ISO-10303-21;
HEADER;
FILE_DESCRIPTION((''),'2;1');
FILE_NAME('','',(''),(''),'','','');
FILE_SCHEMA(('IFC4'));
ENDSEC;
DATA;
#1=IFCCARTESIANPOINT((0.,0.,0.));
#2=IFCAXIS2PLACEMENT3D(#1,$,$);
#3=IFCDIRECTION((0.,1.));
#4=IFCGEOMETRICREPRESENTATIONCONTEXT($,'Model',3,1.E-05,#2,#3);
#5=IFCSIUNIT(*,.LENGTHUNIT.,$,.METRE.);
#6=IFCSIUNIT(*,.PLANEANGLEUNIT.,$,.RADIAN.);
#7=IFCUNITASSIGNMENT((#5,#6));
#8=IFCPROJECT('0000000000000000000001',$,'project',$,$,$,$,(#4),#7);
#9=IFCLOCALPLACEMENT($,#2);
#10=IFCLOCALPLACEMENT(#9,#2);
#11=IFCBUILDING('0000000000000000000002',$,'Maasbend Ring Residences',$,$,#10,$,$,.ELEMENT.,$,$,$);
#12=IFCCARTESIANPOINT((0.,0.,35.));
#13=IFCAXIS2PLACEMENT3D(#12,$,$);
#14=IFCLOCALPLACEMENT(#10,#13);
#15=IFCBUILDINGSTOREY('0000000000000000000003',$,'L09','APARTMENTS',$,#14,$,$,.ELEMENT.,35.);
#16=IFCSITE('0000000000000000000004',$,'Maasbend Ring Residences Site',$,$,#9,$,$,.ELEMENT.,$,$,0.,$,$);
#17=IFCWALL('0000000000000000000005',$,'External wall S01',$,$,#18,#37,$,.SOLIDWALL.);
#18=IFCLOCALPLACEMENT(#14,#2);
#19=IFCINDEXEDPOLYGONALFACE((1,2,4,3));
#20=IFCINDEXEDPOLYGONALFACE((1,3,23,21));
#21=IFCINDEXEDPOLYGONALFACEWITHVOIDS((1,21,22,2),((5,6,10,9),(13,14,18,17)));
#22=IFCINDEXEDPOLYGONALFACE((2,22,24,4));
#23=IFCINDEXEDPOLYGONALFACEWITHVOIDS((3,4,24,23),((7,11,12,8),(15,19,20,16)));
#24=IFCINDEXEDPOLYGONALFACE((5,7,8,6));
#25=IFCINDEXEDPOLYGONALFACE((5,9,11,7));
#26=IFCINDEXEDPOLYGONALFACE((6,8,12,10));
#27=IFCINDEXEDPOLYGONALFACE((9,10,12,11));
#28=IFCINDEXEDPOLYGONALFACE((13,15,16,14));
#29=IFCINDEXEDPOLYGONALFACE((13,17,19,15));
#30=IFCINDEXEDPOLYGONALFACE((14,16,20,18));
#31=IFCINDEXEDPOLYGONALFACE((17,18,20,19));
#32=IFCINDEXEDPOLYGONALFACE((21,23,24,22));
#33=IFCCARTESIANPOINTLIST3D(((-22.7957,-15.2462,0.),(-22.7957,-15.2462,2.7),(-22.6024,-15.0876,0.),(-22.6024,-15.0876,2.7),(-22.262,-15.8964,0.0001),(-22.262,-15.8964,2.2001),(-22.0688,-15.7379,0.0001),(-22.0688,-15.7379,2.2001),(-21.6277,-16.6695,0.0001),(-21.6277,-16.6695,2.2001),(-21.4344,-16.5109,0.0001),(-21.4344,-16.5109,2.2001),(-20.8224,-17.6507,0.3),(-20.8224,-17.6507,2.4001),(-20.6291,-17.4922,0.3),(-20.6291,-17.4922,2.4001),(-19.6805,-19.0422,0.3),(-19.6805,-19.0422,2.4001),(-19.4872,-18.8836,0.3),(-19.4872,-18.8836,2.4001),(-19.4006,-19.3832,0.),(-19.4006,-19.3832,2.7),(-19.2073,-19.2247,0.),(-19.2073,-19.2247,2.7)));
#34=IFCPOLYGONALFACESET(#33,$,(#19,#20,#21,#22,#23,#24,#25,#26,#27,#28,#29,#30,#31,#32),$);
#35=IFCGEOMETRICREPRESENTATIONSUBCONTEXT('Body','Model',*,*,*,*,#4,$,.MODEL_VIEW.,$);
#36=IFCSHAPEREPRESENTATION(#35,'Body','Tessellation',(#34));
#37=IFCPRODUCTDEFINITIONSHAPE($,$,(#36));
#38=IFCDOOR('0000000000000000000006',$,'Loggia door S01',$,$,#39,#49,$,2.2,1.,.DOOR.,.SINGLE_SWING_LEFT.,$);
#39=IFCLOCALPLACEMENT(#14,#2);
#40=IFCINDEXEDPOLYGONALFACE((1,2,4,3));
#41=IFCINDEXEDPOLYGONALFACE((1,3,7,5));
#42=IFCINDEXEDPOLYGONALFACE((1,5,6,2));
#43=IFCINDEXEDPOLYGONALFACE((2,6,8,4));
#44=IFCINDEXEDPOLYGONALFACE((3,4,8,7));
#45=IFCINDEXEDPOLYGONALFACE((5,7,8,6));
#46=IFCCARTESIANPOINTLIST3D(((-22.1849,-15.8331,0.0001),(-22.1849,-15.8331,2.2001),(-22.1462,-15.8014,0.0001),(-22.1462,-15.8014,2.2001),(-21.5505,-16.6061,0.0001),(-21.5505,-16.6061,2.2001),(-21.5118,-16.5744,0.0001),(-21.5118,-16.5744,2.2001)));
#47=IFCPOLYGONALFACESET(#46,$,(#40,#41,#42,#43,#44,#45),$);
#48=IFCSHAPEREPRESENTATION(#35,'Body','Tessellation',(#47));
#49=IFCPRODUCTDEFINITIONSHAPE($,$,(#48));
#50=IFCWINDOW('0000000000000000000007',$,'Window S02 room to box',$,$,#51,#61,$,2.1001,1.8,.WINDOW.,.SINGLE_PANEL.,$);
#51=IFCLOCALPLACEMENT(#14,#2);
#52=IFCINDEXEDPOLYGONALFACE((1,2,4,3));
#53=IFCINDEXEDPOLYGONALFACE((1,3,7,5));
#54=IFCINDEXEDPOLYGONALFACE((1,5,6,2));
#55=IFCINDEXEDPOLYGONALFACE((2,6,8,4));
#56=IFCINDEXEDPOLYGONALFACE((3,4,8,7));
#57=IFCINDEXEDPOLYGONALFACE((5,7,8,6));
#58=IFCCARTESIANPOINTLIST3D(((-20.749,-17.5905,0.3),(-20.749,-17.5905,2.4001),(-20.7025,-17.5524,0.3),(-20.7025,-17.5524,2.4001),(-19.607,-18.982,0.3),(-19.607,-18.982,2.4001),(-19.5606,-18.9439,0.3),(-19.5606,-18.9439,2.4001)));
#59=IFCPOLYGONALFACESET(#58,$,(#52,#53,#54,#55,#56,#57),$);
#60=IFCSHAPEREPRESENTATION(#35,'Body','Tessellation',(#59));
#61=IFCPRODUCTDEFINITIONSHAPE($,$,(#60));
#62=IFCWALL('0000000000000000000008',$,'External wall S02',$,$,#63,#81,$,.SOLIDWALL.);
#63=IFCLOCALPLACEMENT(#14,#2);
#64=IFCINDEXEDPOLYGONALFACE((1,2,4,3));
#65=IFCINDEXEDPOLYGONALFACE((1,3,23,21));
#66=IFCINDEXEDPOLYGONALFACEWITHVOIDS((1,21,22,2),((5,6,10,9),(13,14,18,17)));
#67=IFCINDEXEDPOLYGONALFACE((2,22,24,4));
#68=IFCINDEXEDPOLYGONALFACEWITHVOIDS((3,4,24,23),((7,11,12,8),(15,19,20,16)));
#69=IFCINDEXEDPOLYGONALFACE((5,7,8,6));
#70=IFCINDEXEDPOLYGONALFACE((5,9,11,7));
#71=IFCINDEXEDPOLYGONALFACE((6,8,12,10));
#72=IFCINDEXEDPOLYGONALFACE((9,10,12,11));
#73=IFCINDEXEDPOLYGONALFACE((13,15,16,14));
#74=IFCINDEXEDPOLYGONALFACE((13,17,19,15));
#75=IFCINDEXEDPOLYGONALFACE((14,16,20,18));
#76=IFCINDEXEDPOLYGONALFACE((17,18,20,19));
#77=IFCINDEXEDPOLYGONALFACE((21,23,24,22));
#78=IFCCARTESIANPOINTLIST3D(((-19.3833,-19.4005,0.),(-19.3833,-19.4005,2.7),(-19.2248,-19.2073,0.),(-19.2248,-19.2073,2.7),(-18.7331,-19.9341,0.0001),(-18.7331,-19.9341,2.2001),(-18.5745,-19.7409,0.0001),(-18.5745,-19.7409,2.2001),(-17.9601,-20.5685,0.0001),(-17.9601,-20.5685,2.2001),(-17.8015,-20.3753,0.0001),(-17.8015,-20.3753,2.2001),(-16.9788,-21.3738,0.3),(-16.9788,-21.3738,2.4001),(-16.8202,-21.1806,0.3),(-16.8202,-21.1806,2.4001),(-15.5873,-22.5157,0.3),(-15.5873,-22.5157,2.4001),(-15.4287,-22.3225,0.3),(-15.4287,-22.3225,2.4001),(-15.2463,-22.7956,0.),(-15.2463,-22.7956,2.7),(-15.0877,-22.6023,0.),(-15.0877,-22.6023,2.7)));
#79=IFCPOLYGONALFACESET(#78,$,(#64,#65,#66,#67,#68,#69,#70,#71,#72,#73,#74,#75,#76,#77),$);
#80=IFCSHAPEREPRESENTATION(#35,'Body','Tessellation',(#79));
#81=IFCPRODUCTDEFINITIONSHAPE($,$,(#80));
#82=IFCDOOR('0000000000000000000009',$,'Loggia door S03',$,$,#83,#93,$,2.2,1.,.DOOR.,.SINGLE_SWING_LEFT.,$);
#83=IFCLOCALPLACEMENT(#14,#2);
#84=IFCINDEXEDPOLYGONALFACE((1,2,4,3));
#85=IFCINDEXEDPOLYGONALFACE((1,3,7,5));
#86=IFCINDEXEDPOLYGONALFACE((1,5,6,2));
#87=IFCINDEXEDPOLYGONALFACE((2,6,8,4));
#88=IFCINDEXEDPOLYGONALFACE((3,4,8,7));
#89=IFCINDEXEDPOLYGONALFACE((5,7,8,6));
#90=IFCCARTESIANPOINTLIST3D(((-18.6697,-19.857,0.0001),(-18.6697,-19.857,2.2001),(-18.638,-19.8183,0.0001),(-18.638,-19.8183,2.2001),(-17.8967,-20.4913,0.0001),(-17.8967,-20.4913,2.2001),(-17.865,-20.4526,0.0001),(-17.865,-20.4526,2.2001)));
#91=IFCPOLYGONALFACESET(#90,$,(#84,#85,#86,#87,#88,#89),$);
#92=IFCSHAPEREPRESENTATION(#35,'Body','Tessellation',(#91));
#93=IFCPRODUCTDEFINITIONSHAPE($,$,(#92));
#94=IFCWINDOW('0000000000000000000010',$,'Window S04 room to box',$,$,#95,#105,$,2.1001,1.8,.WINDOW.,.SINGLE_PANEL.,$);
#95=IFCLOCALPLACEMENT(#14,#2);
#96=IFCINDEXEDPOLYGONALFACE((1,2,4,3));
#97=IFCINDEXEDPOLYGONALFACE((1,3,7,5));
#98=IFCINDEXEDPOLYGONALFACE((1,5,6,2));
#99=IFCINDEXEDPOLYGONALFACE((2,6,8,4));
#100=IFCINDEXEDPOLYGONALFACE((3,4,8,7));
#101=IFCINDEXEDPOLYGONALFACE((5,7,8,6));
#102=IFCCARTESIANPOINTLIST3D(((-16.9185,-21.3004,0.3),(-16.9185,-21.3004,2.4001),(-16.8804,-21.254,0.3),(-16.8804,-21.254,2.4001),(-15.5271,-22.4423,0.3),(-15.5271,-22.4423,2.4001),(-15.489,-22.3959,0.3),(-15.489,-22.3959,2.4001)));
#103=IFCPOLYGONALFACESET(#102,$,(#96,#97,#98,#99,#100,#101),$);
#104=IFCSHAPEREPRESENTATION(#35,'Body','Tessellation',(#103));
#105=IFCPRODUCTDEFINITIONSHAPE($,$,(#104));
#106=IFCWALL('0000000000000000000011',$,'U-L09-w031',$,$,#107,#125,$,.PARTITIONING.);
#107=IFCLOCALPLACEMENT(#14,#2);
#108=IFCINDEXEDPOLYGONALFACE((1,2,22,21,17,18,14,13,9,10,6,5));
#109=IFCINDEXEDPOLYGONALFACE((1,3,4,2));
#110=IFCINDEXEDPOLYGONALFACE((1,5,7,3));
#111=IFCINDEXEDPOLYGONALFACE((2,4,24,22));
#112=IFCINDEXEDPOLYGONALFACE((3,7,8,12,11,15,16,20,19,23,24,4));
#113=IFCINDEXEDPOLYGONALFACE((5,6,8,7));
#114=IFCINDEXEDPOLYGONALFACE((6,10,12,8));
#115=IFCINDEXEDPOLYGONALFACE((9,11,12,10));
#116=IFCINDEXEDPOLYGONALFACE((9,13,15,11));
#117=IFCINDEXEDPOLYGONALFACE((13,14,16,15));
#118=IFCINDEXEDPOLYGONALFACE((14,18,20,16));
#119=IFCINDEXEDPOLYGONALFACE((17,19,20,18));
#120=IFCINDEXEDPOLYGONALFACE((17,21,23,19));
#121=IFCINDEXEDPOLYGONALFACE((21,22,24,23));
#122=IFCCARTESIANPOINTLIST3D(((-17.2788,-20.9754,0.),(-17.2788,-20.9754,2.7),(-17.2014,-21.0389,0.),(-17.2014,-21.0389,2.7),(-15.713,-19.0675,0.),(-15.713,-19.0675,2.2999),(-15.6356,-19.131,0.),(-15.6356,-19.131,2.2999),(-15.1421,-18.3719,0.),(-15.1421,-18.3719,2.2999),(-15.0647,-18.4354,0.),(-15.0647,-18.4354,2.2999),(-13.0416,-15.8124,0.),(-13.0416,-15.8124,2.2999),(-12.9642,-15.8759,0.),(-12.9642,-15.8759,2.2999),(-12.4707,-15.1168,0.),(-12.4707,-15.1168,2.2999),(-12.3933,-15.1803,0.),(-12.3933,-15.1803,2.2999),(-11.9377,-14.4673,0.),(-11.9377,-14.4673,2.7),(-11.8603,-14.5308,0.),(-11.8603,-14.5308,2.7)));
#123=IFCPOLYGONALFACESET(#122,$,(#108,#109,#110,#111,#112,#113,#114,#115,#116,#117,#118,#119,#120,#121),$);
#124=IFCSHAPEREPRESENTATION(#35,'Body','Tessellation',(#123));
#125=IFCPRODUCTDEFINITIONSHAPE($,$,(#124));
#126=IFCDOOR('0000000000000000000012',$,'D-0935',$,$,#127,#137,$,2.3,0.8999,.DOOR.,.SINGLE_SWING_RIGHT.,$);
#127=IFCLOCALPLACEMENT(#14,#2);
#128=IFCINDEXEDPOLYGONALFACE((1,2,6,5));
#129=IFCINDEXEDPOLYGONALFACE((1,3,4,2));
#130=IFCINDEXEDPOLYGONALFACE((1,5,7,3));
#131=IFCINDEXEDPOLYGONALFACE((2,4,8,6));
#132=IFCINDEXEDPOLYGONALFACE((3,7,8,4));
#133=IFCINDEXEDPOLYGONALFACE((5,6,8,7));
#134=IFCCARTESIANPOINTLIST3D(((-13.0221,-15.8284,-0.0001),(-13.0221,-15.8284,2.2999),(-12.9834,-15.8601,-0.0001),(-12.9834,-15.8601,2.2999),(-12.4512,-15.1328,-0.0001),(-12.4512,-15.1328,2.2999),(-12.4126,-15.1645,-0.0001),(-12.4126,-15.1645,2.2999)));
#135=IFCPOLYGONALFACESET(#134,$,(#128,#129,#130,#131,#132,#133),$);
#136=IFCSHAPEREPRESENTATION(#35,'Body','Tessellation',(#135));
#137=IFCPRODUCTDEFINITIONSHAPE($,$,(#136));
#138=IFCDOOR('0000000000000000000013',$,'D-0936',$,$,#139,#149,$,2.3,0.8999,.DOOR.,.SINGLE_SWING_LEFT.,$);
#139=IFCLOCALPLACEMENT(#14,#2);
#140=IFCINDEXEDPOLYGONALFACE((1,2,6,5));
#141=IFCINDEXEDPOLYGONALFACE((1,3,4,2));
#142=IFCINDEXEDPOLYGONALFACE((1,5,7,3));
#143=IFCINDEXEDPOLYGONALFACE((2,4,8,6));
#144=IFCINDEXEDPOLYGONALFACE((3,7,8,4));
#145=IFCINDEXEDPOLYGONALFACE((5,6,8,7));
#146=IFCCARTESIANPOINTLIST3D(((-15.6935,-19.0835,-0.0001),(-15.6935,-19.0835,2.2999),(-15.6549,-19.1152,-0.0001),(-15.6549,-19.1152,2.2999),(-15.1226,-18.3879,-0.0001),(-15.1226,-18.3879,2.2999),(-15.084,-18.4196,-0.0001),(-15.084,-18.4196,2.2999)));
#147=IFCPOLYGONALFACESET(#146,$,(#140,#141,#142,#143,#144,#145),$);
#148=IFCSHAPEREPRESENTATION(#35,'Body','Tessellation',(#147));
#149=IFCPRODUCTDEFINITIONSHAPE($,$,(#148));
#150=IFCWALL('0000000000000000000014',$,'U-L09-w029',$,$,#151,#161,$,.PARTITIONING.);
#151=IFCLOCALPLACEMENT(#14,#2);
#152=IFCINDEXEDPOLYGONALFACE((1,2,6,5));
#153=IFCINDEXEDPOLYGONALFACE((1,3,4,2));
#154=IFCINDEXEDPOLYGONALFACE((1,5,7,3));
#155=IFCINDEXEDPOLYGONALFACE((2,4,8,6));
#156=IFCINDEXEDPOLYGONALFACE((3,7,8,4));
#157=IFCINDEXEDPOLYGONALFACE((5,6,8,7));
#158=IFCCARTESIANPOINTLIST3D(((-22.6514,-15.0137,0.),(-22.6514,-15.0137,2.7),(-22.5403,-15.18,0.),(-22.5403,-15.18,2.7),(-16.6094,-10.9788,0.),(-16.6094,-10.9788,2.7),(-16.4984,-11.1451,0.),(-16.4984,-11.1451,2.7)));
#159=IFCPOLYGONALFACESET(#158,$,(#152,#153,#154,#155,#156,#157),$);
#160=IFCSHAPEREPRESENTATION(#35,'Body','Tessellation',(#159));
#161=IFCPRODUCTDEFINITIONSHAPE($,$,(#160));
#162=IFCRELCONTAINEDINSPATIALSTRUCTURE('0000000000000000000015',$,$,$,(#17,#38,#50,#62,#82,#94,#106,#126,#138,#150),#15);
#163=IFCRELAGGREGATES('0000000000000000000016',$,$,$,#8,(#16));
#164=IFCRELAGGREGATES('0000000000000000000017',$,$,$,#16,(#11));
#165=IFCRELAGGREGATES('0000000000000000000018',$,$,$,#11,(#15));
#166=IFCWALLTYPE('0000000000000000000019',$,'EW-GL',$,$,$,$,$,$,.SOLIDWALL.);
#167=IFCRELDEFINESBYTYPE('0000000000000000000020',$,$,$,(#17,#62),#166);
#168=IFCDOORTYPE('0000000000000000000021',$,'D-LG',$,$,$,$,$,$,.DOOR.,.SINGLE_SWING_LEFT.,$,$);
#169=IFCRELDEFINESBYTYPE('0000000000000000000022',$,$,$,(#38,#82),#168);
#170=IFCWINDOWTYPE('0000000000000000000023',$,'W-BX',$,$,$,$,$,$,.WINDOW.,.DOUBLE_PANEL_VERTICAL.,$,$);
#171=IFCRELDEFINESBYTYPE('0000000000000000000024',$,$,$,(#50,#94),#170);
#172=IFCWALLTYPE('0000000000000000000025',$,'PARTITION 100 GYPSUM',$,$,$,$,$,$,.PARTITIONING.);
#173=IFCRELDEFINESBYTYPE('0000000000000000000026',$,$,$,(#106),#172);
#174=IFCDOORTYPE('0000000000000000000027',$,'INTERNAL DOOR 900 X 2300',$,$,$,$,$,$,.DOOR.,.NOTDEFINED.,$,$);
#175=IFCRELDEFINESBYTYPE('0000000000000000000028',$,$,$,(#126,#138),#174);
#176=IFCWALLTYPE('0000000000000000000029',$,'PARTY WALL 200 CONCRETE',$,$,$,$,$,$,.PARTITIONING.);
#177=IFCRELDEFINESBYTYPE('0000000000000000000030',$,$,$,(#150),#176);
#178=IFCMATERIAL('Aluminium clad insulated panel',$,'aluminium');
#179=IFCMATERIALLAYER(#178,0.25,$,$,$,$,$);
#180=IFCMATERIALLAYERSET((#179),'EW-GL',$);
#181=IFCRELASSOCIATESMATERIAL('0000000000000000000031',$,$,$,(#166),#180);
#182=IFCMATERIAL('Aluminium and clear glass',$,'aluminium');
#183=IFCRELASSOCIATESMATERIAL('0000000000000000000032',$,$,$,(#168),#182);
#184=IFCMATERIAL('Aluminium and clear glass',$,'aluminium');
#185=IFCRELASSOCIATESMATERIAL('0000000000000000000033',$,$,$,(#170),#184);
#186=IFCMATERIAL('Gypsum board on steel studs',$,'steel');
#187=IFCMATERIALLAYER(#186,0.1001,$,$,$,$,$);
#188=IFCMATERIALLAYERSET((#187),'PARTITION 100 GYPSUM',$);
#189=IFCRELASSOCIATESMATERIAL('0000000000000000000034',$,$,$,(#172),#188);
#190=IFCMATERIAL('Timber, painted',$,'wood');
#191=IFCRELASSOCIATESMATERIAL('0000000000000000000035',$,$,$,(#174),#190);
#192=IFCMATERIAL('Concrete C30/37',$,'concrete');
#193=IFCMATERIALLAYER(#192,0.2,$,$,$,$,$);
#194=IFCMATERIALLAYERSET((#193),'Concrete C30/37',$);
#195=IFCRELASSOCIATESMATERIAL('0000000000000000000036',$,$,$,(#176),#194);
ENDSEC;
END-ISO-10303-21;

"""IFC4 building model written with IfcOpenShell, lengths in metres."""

from ifc_helpers import new_model, si_unit, direction, frame, frame_2d, origin, place, context, subcontext, project, spatial, rectangle, extrude, material, layer, layer_set, type_object, element, fill, save


model = new_model("IFC4")

# Units and contexts
model_context = context("Model", 3, precision=1e-05, world=origin(), true_north=direction((0.0, 1.0)))
body_context = subcontext(model_context, "Body", "Model", "MODEL_VIEW")
ifc_project = project(units=[si_unit("LENGTHUNIT", "METRE"), si_unit("PLANEANGLEUNIT", "RADIAN")], contexts=[model_context])

# Site, building, storey
site_placement = place(None, origin())
site = spatial("IfcSite", under=ifc_project, at=site_placement, Name="Maasbend Ring Residences Site", CompositionType="ELEMENT", RefElevation=0.0)
building_placement = place(site_placement, origin())
building = spatial("IfcBuilding", under=site, at=building_placement, Name="Maasbend Ring Residences", CompositionType="ELEMENT")
storey_placement = place(building_placement, frame((0.0, 0.0, 35.0)))
storey = spatial("IfcBuildingStorey", under=building, at=storey_placement, Name="L09", Description="APARTMENTS", CompositionType="ELEMENT", Elevation=35.0)

# Walls, openings, doors, windows
ifc_material_1 = material(Name="Aluminium clad insulated panel", Category="aluminium")
ifc_layer_1 = layer(ifc_material_1, 0.25)
ifc_layer_set_1 = layer_set([ifc_layer_1], Name="EW-GL")
wall_type_1 = type_object("IfcWallType", Name="EW-GL", PredefinedType="SOLIDWALL", material=ifc_layer_set_1)
wall_1_placement = place(storey_placement, frame((-22.699, -15.167, 0.0), z_axis=(0.0, 0.0, 1.0), x_axis=(0.634382, -0.773019, 0.0)))
wall_1 = element("IfcWall", 1, at=wall_1_placement, inside=storey, type_object=wall_type_1, Name="External wall S01", PredefinedType="SOLIDWALL", context=body_context, shape_type="SweptSolid", body=[
    extrude(rectangle(XDim=5.3518, YDim=0.25, at=frame_2d((2.6758, 0.0))), origin(), (0.0, 0.0, 1.0), 2.7),
])
opening_1_placement = place(wall_1_placement, frame((0.8411, 0.0, 0.0)))
opening_1 = element("IfcOpeningElement", 2, at=opening_1_placement, cuts=wall_1, PredefinedType="OPENING", context=body_context, shape_type="SweptSolid", body=[
    extrude(rectangle(XDim=1.0, YDim=2.2, at=frame_2d((0.5, 1.1001))), frame((0.0, 0.135, 0.0), z_axis=(0.0, -1.0, 0.0), x_axis=(1.0, 0.0, 0.0)), (0.0, 0.0, 1.0), 0.27),
])
opening_2_placement = place(wall_1_placement, frame((3.1106, 0.0, 0.3)))
opening_2 = element("IfcOpeningElement", 3, at=opening_2_placement, cuts=wall_1, PredefinedType="OPENING", context=body_context, shape_type="SweptSolid", body=[
    extrude(rectangle(XDim=1.8, YDim=2.1001, at=frame_2d((0.8999, 1.05))), frame((0.0, 0.135, 0.0), z_axis=(0.0, -1.0, 0.0), x_axis=(1.0, 0.0, 0.0)), (0.0, 0.0, 1.0), 0.27),
])
ifc_material_2 = material(Name="Aluminium and clear glass", Category="aluminium")
door_type_1 = type_object("IfcDoorType", Name="D-LG", OperationType="SINGLE_SWING_LEFT", PredefinedType="DOOR", material=ifc_material_2)
door_1_placement = place(opening_1_placement, origin())
door_1 = element("IfcDoor", 4, at=door_1_placement, inside=storey, type_object=door_type_1, Name="Loggia door S01", OperationType="SINGLE_SWING_LEFT", OverallHeight=2.2, OverallWidth=1.0, PredefinedType="DOOR", context=body_context, shape_type="SweptSolid", body=[
    extrude(rectangle(XDim=1.0, YDim=2.2, at=frame_2d((0.5, 1.1001))), frame((0.0, 0.0249, 0.0), z_axis=(0.0, -1.0, 0.0), x_axis=(1.0, 0.0, 0.0)), (0.0, 0.0, 1.0), 0.05),
])
fill(opening_1, door_1)
ifc_material_3 = material(Name="Aluminium and clear glass", Category="aluminium")
window_type_1 = type_object("IfcWindowType", Name="W-BX", PartitioningType="DOUBLE_PANEL_VERTICAL", PredefinedType="WINDOW", material=ifc_material_3)
window_1_placement = place(opening_2_placement, origin())
window_1 = element("IfcWindow", 5, at=window_1_placement, inside=storey, type_object=window_type_1, Name="Window S02 room to box", OverallHeight=2.1001, OverallWidth=1.8, PartitioningType="SINGLE_PANEL", PredefinedType="WINDOW", context=body_context, shape_type="SweptSolid", body=[
    extrude(rectangle(XDim=1.8, YDim=2.1001, at=frame_2d((0.8999, 1.05))), frame((0.0, 0.03, 0.0), z_axis=(0.0, -1.0, 0.0), x_axis=(1.0, 0.0, 0.0)), (0.0, 0.0, 1.0), 0.0601),
])
fill(opening_2, window_1)
wall_2_placement = place(storey_placement, frame((-19.304, -19.304, 0.0), z_axis=(0.0, 0.0, 1.0), x_axis=(0.773019, -0.634382, 0.0)))
wall_2 = element("IfcWall", 6, at=wall_2_placement, inside=storey, type_object=wall_type_1, Name="External wall S02", PredefinedType="SOLIDWALL", context=body_context, shape_type="SweptSolid", body=[
    extrude(rectangle(XDim=5.3518, YDim=0.25, at=frame_2d((2.6758, 0.0))), origin(), (0.0, 0.0, 1.0), 2.7),
])
opening_3_placement = place(wall_2_placement, frame((0.8411, 0.0, 0.0)))
opening_3 = element("IfcOpeningElement", 7, at=opening_3_placement, cuts=wall_2, PredefinedType="OPENING", context=body_context, shape_type="SweptSolid", body=[
    extrude(rectangle(XDim=1.0, YDim=2.2, at=frame_2d((0.5, 1.1001))), frame((0.0, 0.135, 0.0), z_axis=(0.0, -1.0, 0.0), x_axis=(1.0, 0.0, 0.0)), (0.0, 0.0, 1.0), 0.27),
])
opening_4_placement = place(wall_2_placement, frame((3.1106, 0.0, 0.3)))
opening_4 = element("IfcOpeningElement", 8, at=opening_4_placement, cuts=wall_2, PredefinedType="OPENING", context=body_context, shape_type="SweptSolid", body=[
    extrude(rectangle(XDim=1.8, YDim=2.1001, at=frame_2d((0.8999, 1.05))), frame((0.0, 0.135, 0.0), z_axis=(0.0, -1.0, 0.0), x_axis=(1.0, 0.0, 0.0)), (0.0, 0.0, 1.0), 0.27),
])
door_2_placement = place(opening_3_placement, origin())
door_2 = element("IfcDoor", 9, at=door_2_placement, inside=storey, type_object=door_type_1, Name="Loggia door S03", OperationType="SINGLE_SWING_LEFT", OverallHeight=2.2, OverallWidth=1.0, PredefinedType="DOOR", context=body_context, shape_type="SweptSolid", body=[
    extrude(rectangle(XDim=1.0, YDim=2.2, at=frame_2d((0.5, 1.1001))), frame((0.0, 0.0249, 0.0), z_axis=(0.0, -1.0, 0.0), x_axis=(1.0, 0.0, 0.0)), (0.0, 0.0, 1.0), 0.05),
])
fill(opening_3, door_2)
window_2_placement = place(opening_4_placement, origin())
window_2 = element("IfcWindow", 10, at=window_2_placement, inside=storey, type_object=window_type_1, Name="Window S04 room to box", OverallHeight=2.1001, OverallWidth=1.8, PartitioningType="SINGLE_PANEL", PredefinedType="WINDOW", context=body_context, shape_type="SweptSolid", body=[
    extrude(rectangle(XDim=1.8, YDim=2.1001, at=frame_2d((0.8999, 1.05))), frame((0.0, 0.03, 0.0), z_axis=(0.0, -1.0, 0.0), x_axis=(1.0, 0.0, 0.0)), (0.0, 0.0, 1.0), 0.0601),
])
fill(opening_4, window_2)

# Wall, openings, doors
ifc_material_4 = material(Name="Gypsum board on steel studs", Category="steel")
ifc_layer_2 = layer(ifc_material_4, 0.1001)
ifc_layer_set_2 = layer_set([ifc_layer_2], Name="PARTITION 100 GYPSUM")
wall_type_2 = type_object("IfcWallType", Name="PARTITION 100 GYPSUM", PredefinedType="PARTITIONING", material=ifc_layer_set_2)
wall_3_placement = place(storey_placement, frame((-17.24, -21.0071, 0.0), z_axis=(0.0, 0.0, 1.0), x_axis=(0.634396, 0.773008, 0.0)))
wall_3 = element("IfcWall", 11, at=wall_3_placement, inside=storey, type_object=wall_type_2, Name="U-L09-w031", PredefinedType="PARTITIONING", context=body_context, shape_type="SweptSolid", body=[
    extrude(rectangle(XDim=8.4192, YDim=0.1001, at=frame_2d((4.2095, 0.0))), origin(), (0.0, 0.0, 1.0), 2.7),
])
opening_5_placement = place(wall_3_placement, frame((6.679, 0.0, 0.0)))
opening_5 = element("IfcOpeningElement", 12, at=opening_5_placement, cuts=wall_3, PredefinedType="OPENING", context=body_context, shape_type="SweptSolid", body=[
    extrude(rectangle(XDim=0.8999, YDim=2.3, at=frame_2d((0.45, 1.1499))), frame((0.0, 0.0601, 0.0), z_axis=(0.0, -1.0, 0.0), x_axis=(1.0, 0.0, 0.0)), (0.0, 0.0, 1.0), 0.1201),
])
opening_6_placement = place(wall_3_placement, frame((2.468, 0.0, 0.0)))
opening_6 = element("IfcOpeningElement", 13, at=opening_6_placement, cuts=wall_3, PredefinedType="OPENING", context=body_context, shape_type="SweptSolid", body=[
    extrude(rectangle(XDim=0.8999, YDim=2.3, at=frame_2d((0.45, 1.1499))), frame((0.0, 0.0601, 0.0), z_axis=(0.0, -1.0, 0.0), x_axis=(1.0, 0.0, 0.0)), (0.0, 0.0, 1.0), 0.1201),
])
ifc_material_5 = material(Name="Timber, painted", Category="wood")
door_type_2 = type_object("IfcDoorType", Name="INTERNAL DOOR 900 X 2300", OperationType="NOTDEFINED", PredefinedType="DOOR", material=ifc_material_5)
door_3_placement = place(opening_5_placement, origin())
door_3 = element("IfcDoor", 14, at=door_3_placement, inside=storey, type_object=door_type_2, Name="D-0935", OperationType="SINGLE_SWING_RIGHT", OverallHeight=2.3, OverallWidth=0.8999, PredefinedType="DOOR", context=body_context, shape_type="SweptSolid", body=[
    extrude(rectangle(XDim=0.8999, YDim=2.3, at=frame_2d((0.45, 1.1499))), frame((0.0, 0.0249, 0.0), z_axis=(0.0, -1.0, 0.0), x_axis=(1.0, 0.0, 0.0)), (0.0, 0.0, 1.0), 0.05),
])
fill(opening_5, door_3)
door_4_placement = place(opening_6_placement, origin())
door_4 = element("IfcDoor", 15, at=door_4_placement, inside=storey, type_object=door_type_2, Name="D-0936", OperationType="SINGLE_SWING_LEFT", OverallHeight=2.3, OverallWidth=0.8999, PredefinedType="DOOR", context=body_context, shape_type="SweptSolid", body=[
    extrude(rectangle(XDim=0.8999, YDim=2.3, at=frame_2d((0.45, 1.1499))), frame((0.0, 0.0249, 0.0), z_axis=(0.0, -1.0, 0.0), x_axis=(1.0, 0.0, 0.0)), (0.0, 0.0, 1.0), 0.05),
])
fill(opening_6, door_4)

# Wall
ifc_material_6 = material(Name="Concrete C30/37", Category="concrete")
ifc_layer_3 = layer(ifc_material_6, 0.2)
ifc_layer_set_3 = layer_set([ifc_layer_3], Name="Concrete C30/37")
wall_type_3 = type_object("IfcWallType", Name="PARTY WALL 200 CONCRETE", PredefinedType="PARTITIONING", material=ifc_layer_set_3)
wall_4_placement = place(storey_placement, frame((-22.5959, -15.0969, 0.0), z_axis=(0.0, 0.0, 1.0), x_axis=(0.831611, 0.555359, 0.0)))
element("IfcWall", 16, at=wall_4_placement, inside=storey, type_object=wall_type_3, Name="U-L09-w029", PredefinedType="PARTITIONING", context=body_context, shape_type="SweptSolid", body=[
    extrude(rectangle(XDim=7.2654, YDim=0.2, at=frame_2d((3.6328, 0.0))), origin(), (0.0, 0.0, 1.0), 2.7),
])

save(model, "model.ifc")
